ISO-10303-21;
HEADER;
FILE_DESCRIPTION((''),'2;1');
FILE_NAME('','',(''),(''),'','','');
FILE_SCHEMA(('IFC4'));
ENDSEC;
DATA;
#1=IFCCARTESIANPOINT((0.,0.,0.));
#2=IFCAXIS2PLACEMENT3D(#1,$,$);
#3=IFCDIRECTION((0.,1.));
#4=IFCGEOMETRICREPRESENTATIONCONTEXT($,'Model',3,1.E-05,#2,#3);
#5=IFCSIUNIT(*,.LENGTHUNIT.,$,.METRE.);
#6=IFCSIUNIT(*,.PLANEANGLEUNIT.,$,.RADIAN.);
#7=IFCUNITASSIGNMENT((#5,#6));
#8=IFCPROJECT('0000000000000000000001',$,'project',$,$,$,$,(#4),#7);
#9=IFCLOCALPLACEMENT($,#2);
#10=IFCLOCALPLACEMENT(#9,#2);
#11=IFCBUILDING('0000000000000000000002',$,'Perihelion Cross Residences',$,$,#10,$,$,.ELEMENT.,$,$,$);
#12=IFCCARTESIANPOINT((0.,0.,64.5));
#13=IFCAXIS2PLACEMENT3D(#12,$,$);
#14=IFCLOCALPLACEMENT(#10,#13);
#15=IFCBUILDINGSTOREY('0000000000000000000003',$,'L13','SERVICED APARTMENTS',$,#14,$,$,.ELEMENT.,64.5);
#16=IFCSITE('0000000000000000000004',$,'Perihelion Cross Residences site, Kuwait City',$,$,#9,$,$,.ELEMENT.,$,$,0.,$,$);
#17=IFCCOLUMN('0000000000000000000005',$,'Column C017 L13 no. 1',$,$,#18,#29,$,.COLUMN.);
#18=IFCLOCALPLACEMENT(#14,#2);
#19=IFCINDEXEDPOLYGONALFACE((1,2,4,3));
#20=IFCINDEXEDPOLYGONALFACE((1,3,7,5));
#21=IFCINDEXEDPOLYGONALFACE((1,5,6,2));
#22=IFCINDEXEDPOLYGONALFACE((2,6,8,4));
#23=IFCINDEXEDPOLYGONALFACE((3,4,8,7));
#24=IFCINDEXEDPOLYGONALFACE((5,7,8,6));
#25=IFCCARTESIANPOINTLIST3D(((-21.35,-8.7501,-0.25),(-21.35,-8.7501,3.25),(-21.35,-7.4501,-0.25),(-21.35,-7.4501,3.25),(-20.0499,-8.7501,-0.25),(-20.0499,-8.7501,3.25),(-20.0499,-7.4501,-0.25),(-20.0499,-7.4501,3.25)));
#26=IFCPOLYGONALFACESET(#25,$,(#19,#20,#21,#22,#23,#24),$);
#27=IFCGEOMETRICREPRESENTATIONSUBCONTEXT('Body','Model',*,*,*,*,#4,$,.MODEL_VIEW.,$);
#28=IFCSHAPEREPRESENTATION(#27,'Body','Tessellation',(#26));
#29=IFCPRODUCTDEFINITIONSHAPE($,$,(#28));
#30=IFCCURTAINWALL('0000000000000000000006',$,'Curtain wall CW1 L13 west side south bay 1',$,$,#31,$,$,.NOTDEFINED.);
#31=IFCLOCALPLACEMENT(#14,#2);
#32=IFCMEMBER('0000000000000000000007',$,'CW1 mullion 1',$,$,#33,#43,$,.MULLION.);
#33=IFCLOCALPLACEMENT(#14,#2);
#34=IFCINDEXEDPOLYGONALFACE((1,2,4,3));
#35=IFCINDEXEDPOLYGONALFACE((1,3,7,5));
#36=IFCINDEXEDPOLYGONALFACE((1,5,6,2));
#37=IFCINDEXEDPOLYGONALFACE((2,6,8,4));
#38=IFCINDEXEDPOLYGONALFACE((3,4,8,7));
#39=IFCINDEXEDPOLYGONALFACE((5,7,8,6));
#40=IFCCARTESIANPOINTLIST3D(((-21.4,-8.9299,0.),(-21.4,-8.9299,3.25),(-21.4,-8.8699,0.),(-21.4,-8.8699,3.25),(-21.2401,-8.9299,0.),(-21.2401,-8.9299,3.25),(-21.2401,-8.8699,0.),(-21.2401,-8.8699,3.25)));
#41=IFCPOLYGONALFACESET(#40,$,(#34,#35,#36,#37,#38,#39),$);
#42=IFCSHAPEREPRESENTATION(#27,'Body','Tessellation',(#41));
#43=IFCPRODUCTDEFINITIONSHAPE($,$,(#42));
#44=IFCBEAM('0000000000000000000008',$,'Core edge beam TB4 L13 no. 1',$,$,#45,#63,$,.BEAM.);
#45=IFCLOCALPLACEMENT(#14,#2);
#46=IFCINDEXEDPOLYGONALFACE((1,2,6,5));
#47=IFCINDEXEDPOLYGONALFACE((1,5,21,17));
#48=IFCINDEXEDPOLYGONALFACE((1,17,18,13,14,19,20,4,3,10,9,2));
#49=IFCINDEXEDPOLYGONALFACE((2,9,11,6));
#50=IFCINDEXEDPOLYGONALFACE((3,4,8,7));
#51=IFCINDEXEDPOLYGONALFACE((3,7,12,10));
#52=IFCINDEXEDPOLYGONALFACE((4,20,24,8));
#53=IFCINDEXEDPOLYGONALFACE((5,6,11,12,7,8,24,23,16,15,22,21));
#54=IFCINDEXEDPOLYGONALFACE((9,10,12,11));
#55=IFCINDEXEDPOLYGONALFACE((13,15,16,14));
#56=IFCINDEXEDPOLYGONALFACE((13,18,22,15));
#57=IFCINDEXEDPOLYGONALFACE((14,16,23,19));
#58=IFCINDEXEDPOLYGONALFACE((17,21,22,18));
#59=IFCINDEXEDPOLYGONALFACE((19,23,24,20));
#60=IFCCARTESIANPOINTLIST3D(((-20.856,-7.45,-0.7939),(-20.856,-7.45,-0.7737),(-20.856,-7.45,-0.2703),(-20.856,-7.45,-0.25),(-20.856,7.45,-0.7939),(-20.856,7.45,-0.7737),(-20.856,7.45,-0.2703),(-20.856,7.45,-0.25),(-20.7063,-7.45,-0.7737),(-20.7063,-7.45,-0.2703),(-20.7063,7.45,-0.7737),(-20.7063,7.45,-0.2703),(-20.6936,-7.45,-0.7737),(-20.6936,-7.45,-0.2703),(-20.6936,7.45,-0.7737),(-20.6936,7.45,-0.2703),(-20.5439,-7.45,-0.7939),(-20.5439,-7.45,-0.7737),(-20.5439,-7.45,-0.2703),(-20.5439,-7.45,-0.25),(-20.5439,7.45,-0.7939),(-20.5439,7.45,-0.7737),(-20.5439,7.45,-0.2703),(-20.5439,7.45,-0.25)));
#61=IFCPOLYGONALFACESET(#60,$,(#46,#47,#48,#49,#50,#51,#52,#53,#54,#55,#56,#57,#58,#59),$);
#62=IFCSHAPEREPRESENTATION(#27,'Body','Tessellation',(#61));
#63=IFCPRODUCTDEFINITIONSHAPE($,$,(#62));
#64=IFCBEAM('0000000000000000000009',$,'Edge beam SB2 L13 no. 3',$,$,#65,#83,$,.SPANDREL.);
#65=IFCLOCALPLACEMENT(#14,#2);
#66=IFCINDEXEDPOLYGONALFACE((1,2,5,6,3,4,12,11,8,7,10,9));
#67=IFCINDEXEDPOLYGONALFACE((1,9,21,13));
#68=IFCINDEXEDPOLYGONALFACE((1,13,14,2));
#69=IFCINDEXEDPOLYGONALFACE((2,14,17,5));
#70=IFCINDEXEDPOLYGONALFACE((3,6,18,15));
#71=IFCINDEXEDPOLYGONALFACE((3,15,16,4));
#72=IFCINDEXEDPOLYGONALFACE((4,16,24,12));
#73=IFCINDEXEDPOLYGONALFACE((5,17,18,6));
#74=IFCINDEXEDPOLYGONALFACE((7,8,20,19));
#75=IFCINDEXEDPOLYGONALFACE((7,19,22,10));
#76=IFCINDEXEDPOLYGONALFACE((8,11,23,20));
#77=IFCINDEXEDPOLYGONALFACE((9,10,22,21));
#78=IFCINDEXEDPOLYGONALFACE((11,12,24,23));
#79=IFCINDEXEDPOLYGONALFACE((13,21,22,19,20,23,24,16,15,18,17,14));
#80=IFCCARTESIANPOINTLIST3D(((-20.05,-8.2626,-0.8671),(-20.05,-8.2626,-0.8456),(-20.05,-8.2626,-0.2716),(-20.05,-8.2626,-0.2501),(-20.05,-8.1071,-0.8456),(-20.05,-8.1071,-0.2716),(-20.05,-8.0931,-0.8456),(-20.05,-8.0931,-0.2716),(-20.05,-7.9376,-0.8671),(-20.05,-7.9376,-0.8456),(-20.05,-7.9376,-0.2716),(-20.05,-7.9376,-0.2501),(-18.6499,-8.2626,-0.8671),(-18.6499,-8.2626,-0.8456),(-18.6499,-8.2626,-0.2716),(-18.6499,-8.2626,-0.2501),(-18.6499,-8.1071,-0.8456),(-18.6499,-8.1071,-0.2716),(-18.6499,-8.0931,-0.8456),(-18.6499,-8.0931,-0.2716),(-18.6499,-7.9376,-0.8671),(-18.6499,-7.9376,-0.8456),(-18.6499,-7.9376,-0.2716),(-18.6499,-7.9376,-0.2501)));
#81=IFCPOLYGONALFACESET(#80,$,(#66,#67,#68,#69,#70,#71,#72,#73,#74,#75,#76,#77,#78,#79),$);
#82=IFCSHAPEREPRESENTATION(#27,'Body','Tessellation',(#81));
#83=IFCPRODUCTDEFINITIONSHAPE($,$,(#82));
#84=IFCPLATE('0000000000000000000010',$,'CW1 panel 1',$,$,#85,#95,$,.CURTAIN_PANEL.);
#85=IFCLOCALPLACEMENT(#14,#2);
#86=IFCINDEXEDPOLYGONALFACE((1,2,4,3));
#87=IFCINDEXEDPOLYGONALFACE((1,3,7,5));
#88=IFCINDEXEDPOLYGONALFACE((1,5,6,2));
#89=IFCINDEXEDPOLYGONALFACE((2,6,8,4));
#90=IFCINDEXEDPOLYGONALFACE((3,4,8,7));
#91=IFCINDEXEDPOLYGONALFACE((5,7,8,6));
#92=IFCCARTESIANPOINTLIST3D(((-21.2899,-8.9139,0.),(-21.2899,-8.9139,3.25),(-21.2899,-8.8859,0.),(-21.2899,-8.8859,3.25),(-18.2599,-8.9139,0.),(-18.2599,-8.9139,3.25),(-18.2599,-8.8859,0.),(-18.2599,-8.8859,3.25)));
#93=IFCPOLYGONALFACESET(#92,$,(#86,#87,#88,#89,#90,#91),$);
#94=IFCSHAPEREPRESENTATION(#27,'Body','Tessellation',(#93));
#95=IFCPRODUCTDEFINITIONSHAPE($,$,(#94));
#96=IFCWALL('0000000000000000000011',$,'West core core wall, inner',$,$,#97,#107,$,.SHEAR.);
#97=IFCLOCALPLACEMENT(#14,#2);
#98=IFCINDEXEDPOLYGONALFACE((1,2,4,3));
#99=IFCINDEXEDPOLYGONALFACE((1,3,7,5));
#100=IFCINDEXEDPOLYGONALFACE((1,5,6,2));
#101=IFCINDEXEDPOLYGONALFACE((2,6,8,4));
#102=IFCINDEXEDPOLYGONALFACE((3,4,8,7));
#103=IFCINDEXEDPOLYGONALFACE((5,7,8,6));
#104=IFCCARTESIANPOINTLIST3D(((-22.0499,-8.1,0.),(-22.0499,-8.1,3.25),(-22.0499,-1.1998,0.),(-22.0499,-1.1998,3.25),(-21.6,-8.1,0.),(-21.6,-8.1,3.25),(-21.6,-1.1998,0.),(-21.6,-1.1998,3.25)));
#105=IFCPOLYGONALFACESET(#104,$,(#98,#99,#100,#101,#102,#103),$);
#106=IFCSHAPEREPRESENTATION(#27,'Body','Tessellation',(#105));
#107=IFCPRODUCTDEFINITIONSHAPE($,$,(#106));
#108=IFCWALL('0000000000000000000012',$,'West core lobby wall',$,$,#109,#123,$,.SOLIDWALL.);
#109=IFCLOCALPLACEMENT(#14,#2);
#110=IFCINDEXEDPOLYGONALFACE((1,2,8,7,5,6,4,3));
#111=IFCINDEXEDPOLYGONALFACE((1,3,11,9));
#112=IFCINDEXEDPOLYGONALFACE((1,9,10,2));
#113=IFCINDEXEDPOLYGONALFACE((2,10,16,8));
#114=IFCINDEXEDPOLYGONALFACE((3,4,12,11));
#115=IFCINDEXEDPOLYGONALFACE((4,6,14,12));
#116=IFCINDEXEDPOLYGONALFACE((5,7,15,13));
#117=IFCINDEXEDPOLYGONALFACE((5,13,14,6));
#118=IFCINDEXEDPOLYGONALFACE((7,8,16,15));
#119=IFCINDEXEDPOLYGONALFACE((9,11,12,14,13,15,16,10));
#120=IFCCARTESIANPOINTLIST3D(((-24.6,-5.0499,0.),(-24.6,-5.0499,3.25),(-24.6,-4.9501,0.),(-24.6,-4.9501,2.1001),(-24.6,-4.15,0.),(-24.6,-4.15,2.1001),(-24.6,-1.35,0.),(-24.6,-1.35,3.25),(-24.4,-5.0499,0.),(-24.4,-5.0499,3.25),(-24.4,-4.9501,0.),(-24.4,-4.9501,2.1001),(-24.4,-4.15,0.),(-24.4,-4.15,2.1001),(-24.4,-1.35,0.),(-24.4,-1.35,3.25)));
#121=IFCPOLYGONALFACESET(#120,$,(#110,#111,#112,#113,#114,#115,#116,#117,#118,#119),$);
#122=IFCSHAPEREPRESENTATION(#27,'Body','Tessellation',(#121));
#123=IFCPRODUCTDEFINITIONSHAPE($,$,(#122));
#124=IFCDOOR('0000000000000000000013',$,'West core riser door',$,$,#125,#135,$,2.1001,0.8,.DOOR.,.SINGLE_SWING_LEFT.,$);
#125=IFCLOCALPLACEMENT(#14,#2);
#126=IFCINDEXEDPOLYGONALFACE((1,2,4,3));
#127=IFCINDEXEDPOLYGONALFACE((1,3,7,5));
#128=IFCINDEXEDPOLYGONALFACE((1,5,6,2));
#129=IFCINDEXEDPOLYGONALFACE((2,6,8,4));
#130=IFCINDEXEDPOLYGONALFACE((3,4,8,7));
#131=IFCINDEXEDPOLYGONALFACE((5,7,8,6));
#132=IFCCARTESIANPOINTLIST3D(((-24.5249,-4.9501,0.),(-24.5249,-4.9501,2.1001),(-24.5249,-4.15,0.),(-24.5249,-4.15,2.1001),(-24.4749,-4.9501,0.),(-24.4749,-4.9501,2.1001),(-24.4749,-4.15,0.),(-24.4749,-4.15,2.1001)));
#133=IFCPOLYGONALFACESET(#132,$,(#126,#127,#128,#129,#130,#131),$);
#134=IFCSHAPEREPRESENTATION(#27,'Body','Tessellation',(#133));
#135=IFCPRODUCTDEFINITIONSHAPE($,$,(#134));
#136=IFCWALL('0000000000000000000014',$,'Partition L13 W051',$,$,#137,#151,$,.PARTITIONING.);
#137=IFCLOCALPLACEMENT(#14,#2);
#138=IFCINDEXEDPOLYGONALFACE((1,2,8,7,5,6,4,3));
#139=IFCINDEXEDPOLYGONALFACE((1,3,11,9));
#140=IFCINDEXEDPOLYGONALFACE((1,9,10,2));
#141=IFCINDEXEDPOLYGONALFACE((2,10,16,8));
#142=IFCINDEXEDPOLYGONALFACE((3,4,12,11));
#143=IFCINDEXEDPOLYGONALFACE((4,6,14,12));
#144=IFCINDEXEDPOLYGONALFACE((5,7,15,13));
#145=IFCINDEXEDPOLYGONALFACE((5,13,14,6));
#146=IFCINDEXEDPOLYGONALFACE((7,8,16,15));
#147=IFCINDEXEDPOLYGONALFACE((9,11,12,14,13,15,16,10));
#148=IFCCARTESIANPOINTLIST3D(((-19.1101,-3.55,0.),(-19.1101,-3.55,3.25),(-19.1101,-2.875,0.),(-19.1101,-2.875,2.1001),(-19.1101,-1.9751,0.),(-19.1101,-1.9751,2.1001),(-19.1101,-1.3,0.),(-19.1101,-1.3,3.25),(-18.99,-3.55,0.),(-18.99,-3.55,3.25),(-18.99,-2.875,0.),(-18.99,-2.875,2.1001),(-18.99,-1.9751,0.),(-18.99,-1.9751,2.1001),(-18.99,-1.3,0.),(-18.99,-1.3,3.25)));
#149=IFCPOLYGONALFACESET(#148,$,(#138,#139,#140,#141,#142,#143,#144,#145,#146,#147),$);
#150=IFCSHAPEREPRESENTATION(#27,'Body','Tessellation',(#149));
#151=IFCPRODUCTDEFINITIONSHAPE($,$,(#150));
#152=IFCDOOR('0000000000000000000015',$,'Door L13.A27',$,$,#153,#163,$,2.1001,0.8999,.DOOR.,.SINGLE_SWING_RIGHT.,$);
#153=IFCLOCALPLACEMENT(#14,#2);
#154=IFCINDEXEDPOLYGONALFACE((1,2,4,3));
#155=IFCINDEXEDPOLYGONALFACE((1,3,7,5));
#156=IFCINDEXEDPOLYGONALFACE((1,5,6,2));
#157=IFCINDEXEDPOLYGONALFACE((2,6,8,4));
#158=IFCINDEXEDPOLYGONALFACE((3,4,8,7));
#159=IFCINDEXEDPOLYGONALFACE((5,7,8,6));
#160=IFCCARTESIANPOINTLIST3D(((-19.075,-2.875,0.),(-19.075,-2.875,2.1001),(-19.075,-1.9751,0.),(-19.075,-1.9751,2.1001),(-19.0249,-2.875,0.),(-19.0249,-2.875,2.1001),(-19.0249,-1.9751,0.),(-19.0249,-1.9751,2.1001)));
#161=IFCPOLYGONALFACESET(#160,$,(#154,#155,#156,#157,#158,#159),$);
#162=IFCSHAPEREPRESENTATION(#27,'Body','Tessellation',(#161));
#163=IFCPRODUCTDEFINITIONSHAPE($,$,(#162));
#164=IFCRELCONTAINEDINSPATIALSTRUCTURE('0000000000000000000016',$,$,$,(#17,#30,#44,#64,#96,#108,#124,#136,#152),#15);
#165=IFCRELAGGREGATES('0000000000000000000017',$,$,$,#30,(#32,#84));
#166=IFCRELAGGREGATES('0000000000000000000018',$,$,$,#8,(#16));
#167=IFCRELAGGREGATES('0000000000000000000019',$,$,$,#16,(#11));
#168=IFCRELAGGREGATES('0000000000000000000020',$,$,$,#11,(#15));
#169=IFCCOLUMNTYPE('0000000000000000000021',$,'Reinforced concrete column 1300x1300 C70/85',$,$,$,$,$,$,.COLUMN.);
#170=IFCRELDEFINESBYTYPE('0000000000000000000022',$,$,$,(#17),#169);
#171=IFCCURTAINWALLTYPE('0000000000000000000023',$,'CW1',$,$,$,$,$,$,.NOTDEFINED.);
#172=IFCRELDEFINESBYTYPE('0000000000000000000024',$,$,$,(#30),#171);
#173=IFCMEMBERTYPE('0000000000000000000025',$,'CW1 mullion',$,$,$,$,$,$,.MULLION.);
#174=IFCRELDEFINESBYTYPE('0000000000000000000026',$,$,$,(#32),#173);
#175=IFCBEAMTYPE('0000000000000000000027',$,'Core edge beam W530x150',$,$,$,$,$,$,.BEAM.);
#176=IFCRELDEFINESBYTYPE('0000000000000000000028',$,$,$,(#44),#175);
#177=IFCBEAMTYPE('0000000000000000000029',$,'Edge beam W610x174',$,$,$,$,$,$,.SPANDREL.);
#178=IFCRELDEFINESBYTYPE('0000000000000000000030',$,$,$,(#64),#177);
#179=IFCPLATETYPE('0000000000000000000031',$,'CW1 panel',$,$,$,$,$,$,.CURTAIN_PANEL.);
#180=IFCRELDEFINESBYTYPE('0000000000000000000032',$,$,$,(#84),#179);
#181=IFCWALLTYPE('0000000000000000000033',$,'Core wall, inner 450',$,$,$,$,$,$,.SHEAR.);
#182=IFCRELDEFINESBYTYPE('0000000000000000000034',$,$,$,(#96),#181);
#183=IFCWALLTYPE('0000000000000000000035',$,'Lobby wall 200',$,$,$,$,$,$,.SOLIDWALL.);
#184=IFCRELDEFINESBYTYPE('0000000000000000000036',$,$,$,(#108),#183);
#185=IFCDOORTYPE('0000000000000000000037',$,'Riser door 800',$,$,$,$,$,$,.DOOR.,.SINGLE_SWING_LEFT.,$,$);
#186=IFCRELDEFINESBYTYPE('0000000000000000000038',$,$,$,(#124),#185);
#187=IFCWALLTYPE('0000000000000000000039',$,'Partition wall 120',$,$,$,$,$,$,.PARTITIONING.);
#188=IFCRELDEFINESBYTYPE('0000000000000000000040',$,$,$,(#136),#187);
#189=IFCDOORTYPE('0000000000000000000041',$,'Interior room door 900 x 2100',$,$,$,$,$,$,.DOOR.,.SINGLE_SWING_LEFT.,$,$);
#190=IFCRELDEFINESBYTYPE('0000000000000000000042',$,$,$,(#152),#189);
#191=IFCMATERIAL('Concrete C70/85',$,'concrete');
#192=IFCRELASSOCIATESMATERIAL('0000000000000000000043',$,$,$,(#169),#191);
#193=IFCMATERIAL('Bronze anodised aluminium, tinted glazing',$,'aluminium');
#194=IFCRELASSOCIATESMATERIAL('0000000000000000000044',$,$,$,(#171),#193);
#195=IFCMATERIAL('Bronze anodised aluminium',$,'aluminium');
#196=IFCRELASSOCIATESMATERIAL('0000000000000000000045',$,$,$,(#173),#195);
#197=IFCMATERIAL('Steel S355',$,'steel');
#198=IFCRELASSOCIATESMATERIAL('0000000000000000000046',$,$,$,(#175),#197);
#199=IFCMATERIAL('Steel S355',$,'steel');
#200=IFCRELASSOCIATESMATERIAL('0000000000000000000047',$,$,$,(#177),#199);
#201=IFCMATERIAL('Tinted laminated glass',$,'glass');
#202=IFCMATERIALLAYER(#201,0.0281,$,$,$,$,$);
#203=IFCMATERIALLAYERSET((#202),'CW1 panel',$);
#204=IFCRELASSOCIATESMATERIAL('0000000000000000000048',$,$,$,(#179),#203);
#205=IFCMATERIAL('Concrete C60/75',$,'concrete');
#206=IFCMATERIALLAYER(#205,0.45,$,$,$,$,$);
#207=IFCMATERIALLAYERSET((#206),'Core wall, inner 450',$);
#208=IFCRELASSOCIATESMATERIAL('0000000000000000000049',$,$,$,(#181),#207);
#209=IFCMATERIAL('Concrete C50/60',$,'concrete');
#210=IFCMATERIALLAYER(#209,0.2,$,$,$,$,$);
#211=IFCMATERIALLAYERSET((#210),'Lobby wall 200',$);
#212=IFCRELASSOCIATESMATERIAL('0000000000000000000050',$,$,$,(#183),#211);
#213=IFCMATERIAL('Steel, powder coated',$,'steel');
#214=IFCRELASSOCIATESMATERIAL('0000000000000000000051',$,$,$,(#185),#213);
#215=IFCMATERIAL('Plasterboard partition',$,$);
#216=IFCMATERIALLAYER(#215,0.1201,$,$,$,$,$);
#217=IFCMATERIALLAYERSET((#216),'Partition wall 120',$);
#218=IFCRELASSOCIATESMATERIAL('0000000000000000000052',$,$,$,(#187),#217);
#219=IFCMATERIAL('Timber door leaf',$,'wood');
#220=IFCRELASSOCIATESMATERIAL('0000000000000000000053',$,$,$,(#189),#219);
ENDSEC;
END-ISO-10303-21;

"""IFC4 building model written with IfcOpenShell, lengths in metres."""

from ifc_helpers import new_model, si_unit, direction, frame, frame_2d, origin, origin_2d, place, context, subcontext, project, spatial, rectangle, i_section, extrude, material, layer, layer_set, material_profile, profile_set, type_object, element, fill, aggregate, save


model = new_model("IFC4")

# Units and contexts
model_context = context("Model", 3, precision=1e-05, world=origin(), true_north=direction((0.0, 1.0)))
body_context = subcontext(model_context, "Body", "Model", "MODEL_VIEW")
ifc_project = project(units=[si_unit("LENGTHUNIT", "METRE"), si_unit("PLANEANGLEUNIT", "RADIAN")], contexts=[model_context])

# Site, building, storey
site_placement = place(None, origin())
site = spatial("IfcSite", under=ifc_project, at=site_placement, Name="Perihelion Cross Residences site, Kuwait City", CompositionType="ELEMENT", RefElevation=0.0)
building_placement = place(site_placement, origin())
building = spatial("IfcBuilding", under=site, at=building_placement, Name="Perihelion Cross Residences", CompositionType="ELEMENT")
storey_placement = place(building_placement, frame((0.0, 0.0, 64.5)))
storey = spatial("IfcBuildingStorey", under=building, at=storey_placement, Name="L13", Description="SERVICED APARTMENTS", CompositionType="ELEMENT", Elevation=64.5)

# Column
ifc_material_1 = material(Name="Concrete C70/85", Category="concrete")
ifc_material_profile_1 = material_profile(ifc_material_1, rectangle(XDim=1.3, YDim=1.3, at=origin_2d()), Name="RC 1300x1300")
ifc_profile_set_1 = profile_set([ifc_material_profile_1], Name="Concrete C70/85")
column_type = type_object("IfcColumnType", Name="Reinforced concrete column 1300x1300 C70/85", PredefinedType="COLUMN", material=ifc_profile_set_1)
column_placement = place(storey_placement, frame((-20.7, -8.1001, -0.25), z_axis=(0.0, 0.0, 1.0), x_axis=(1.0, 0.0, 0.0)))
element("IfcColumn", 1, at=column_placement, inside=storey, type_object=column_type, Name="Column C017 L13 no. 1", PredefinedType="COLUMN", context=body_context, shape_type="SweptSolid", body=[
    extrude(rectangle(XDim=1.3, YDim=1.3, at=origin_2d()), origin(), (0.0, 0.0, 1.0), 3.5),
])

# Curtain wall, member
ifc_material_2 = material(Name="Bronze anodised aluminium, tinted glazing", Category="aluminium")
curtain_wall_type = type_object("IfcCurtainWallType", Name="CW1", PredefinedType="NOTDEFINED", material=ifc_material_2)
curtain_wall_placement = place(storey_placement, origin())
curtain_wall = element("IfcCurtainWall", 2, at=curtain_wall_placement, inside=storey, type_object=curtain_wall_type, Name="Curtain wall CW1 L13 west side south bay 1", PredefinedType="NOTDEFINED")
ifc_material_3 = material(Name="Bronze anodised aluminium", Category="aluminium")
ifc_material_profile_2 = material_profile(ifc_material_3, rectangle(XDim=0.0601, YDim=0.1599, at=origin_2d()), Name="CW1 mullion")
ifc_profile_set_2 = profile_set([ifc_material_profile_2], Name="Bronze anodised aluminium")
member_type = type_object("IfcMemberType", Name="CW1 mullion", PredefinedType="MULLION", material=ifc_profile_set_2)
member_placement = place(storey_placement, frame((-21.3201, -8.8999, 0.0), z_axis=(0.0, 0.0, 1.0), x_axis=(0.0, 1.0, 0.0)))
member = element("IfcMember", 3, at=member_placement, type_object=member_type, Name="CW1 mullion 1", PredefinedType="MULLION", context=body_context, shape_type="SweptSolid", body=[
    extrude(rectangle(XDim=0.0601, YDim=0.1599, at=origin_2d()), origin(), (0.0, 0.0, 1.0), 3.25),
])

# Beams
ifc_material_4 = material(Name="Steel S355", Category="steel")
ifc_material_profile_3 = material_profile(ifc_material_4, i_section(OverallWidth=0.312, OverallDepth=0.5439, WebThickness=0.0127, FlangeThickness=0.0203, at=origin_2d()), Name="W530x150")
ifc_profile_set_3 = profile_set([ifc_material_profile_3], Name="Steel S355")
beam_type_1 = type_object("IfcBeamType", Name="Core edge beam W530x150", PredefinedType="BEAM", material=ifc_profile_set_3)
beam_1_placement = place(storey_placement, frame((-20.7, -7.45, -0.522), z_axis=(0.0, 1.0, 0.0), x_axis=(-1.0, 0.0, 0.0)))
element("IfcBeam", 4, at=beam_1_placement, inside=storey, type_object=beam_type_1, Name="Core edge beam TB4 L13 no. 1", PredefinedType="BEAM", context=body_context, shape_type="SweptSolid", body=[
    extrude(i_section(OverallWidth=0.312, OverallDepth=0.5439, WebThickness=0.0127, FlangeThickness=0.0203, at=origin_2d()), origin(), (0.0, 0.0, 1.0), 14.8999),
])
ifc_material_5 = material(Name="Steel S355", Category="steel")
ifc_material_profile_4 = material_profile(ifc_material_5, i_section(OverallWidth=0.325, OverallDepth=0.6169, WebThickness=0.0139, FlangeThickness=0.0215, at=origin_2d()), Name="W610x174")
ifc_profile_set_4 = profile_set([ifc_material_profile_4], Name="Steel S355")
beam_type_2 = type_object("IfcBeamType", Name="Edge beam W610x174", PredefinedType="SPANDREL", material=ifc_profile_set_4)
beam_2_placement = place(storey_placement, frame((-20.05, -8.1001, -0.5586), z_axis=(1.0, 0.0, 0.0), x_axis=(0.0, 1.0, 0.0)))
element("IfcBeam", 5, at=beam_2_placement, inside=storey, type_object=beam_type_2, Name="Edge beam SB2 L13 no. 3", PredefinedType="SPANDREL", context=body_context, shape_type="SweptSolid", body=[
    extrude(i_section(OverallWidth=0.325, OverallDepth=0.6169, WebThickness=0.0139, FlangeThickness=0.0215, at=origin_2d()), origin(), (0.0, 0.0, 1.0), 1.4001),
])

# Plate
ifc_material_6 = material(Name="Tinted laminated glass", Category="glass")
ifc_layer_1 = layer(ifc_material_6, 0.0281)
ifc_layer_set_1 = layer_set([ifc_layer_1], Name="CW1 panel")
plate_type = type_object("IfcPlateType", Name="CW1 panel", PredefinedType="CURTAIN_PANEL", material=ifc_layer_set_1)
plate_placement = place(storey_placement, frame((-19.7749, -8.8999, 0.0), z_axis=(0.0, 0.0, 1.0), x_axis=(1.0, 0.0, 0.0)))
plate = element("IfcPlate", 6, at=plate_placement, type_object=plate_type, Name="CW1 panel 1", PredefinedType="CURTAIN_PANEL", context=body_context, shape_type="SweptSolid", body=[
    extrude(rectangle(XDim=3.03, YDim=0.0281, at=origin_2d()), origin(), (0.0, 0.0, 1.0), 3.25),
])
aggregate(curtain_wall, [member, plate])

# Wall
ifc_material_7 = material(Name="Concrete C60/75", Category="concrete")
ifc_layer_2 = layer(ifc_material_7, 0.45)
ifc_layer_set_2 = layer_set([ifc_layer_2], Name="Core wall, inner 450")
wall_type_1 = type_object("IfcWallType", Name="Core wall, inner 450", PredefinedType="SHEAR", material=ifc_layer_set_2)
wall_1_placement = place(storey_placement, frame((-21.825, -8.1001, 0.0), z_axis=(0.0, 0.0, 1.0), x_axis=(0.0, 1.0, 0.0)))
element("IfcWall", 7, at=wall_1_placement, inside=storey, type_object=wall_type_1, Name="West core core wall, inner", PredefinedType="SHEAR", context=body_context, shape_type="SweptSolid", body=[
    extrude(rectangle(XDim=6.9001, YDim=0.45, at=frame_2d((3.4502, 0.0))), origin(), (0.0, 0.0, 1.0), 3.25),
])

# Walls, openings, doors
ifc_material_8 = material(Name="Concrete C50/60", Category="concrete")
ifc_layer_3 = layer(ifc_material_8, 0.2)
ifc_layer_set_3 = layer_set([ifc_layer_3], Name="Lobby wall 200")
wall_type_2 = type_object("IfcWallType", Name="Lobby wall 200", PredefinedType="SOLIDWALL", material=ifc_layer_set_3)
wall_2_placement = place(storey_placement, frame((-24.5, -5.05, 0.0), z_axis=(0.0, 0.0, 1.0), x_axis=(0.0, 1.0, 0.0)))
wall_2 = element("IfcWall", 8, at=wall_2_placement, inside=storey, type_object=wall_type_2, Name="West core lobby wall", PredefinedType="SOLIDWALL", context=body_context, shape_type="SweptSolid", body=[
    extrude(rectangle(XDim=3.7, YDim=0.2, at=frame_2d((1.8501, 0.0))), origin(), (0.0, 0.0, 1.0), 3.25),
])
opening_1_placement = place(wall_2_placement, frame((0.1001, 0.0, 0.0)))
opening_1 = element("IfcOpeningElement", 9, at=opening_1_placement, cuts=wall_2, PredefinedType="OPENING", context=body_context, shape_type="SweptSolid", body=[
    extrude(rectangle(XDim=0.8, YDim=2.1001, at=frame_2d((0.3999, 1.05))), frame((0.0, 0.1099, 0.0), z_axis=(0.0, -1.0, 0.0), x_axis=(1.0, 0.0, 0.0)), (0.0, 0.0, 1.0), 0.22),
])
ifc_material_9 = material(Name="Steel, powder coated", Category="steel")
door_type_1 = type_object("IfcDoorType", Name="Riser door 800", OperationType="SINGLE_SWING_LEFT", PredefinedType="DOOR", material=ifc_material_9)
door_1_placement = place(opening_1_placement, origin())
door_1 = element("IfcDoor", 10, at=door_1_placement, inside=storey, type_object=door_type_1, Name="West core riser door", OperationType="SINGLE_SWING_LEFT", OverallHeight=2.1001, OverallWidth=0.8, PredefinedType="DOOR", context=body_context, shape_type="SweptSolid", body=[
    extrude(rectangle(XDim=0.8, YDim=2.1001, at=frame_2d((0.3999, 1.05))), frame((0.0, 0.0249, 0.0), z_axis=(0.0, -1.0, 0.0), x_axis=(1.0, 0.0, 0.0)), (0.0, 0.0, 1.0), 0.05),
])
fill(opening_1, door_1)
ifc_material_10 = material(Name="Plasterboard partition")
ifc_layer_4 = layer(ifc_material_10, 0.1201)
ifc_layer_set_4 = layer_set([ifc_layer_4], Name="Partition wall 120")
wall_type_3 = type_object("IfcWallType", Name="Partition wall 120", PredefinedType="PARTITIONING", material=ifc_layer_set_4)
wall_3_placement = place(storey_placement, frame((-19.05, -3.55, 0.0), z_axis=(0.0, 0.0, 1.0), x_axis=(0.0, 1.0, 0.0)))
wall_3 = element("IfcWall", 11, at=wall_3_placement, inside=storey, type_object=wall_type_3, Name="Partition L13 W051", PredefinedType="PARTITIONING", context=body_context, shape_type="SweptSolid", body=[
    extrude(rectangle(XDim=2.25, YDim=0.1201, at=frame_2d((1.125, 0.0))), origin(), (0.0, 0.0, 1.0), 3.25),
])
opening_2_placement = place(wall_3_placement, frame((0.675, 0.0, 0.0)))
opening_2 = element("IfcOpeningElement", 12, at=opening_2_placement, cuts=wall_3, PredefinedType="OPENING", context=body_context, shape_type="SweptSolid", body=[
    extrude(rectangle(XDim=0.8999, YDim=2.1001, at=frame_2d((0.45, 1.05))), frame((0.0, 0.0701, 0.0), z_axis=(0.0, -1.0, 0.0), x_axis=(1.0, 0.0, 0.0)), (0.0, 0.0, 1.0), 0.1401),
])
ifc_material_11 = material(Name="Timber door leaf", Category="wood")
door_type_2 = type_object("IfcDoorType", Name="Interior room door 900 x 2100", OperationType="SINGLE_SWING_LEFT", PredefinedType="DOOR", material=ifc_material_11)
door_2_placement = place(opening_2_placement, origin())
door_2 = element("IfcDoor", 13, at=door_2_placement, inside=storey, type_object=door_type_2, Name="Door L13.A27", OperationType="SINGLE_SWING_RIGHT", OverallHeight=2.1001, OverallWidth=0.8999, PredefinedType="DOOR", context=body_context, shape_type="SweptSolid", body=[
    extrude(rectangle(XDim=0.8999, YDim=2.1001, at=frame_2d((0.45, 1.05))), frame((0.0, 0.0249, 0.0), z_axis=(0.0, -1.0, 0.0), x_axis=(1.0, 0.0, 0.0)), (0.0, 0.0, 1.0), 0.05),
])
fill(opening_2, door_2)

save(model, "model.ifc")
